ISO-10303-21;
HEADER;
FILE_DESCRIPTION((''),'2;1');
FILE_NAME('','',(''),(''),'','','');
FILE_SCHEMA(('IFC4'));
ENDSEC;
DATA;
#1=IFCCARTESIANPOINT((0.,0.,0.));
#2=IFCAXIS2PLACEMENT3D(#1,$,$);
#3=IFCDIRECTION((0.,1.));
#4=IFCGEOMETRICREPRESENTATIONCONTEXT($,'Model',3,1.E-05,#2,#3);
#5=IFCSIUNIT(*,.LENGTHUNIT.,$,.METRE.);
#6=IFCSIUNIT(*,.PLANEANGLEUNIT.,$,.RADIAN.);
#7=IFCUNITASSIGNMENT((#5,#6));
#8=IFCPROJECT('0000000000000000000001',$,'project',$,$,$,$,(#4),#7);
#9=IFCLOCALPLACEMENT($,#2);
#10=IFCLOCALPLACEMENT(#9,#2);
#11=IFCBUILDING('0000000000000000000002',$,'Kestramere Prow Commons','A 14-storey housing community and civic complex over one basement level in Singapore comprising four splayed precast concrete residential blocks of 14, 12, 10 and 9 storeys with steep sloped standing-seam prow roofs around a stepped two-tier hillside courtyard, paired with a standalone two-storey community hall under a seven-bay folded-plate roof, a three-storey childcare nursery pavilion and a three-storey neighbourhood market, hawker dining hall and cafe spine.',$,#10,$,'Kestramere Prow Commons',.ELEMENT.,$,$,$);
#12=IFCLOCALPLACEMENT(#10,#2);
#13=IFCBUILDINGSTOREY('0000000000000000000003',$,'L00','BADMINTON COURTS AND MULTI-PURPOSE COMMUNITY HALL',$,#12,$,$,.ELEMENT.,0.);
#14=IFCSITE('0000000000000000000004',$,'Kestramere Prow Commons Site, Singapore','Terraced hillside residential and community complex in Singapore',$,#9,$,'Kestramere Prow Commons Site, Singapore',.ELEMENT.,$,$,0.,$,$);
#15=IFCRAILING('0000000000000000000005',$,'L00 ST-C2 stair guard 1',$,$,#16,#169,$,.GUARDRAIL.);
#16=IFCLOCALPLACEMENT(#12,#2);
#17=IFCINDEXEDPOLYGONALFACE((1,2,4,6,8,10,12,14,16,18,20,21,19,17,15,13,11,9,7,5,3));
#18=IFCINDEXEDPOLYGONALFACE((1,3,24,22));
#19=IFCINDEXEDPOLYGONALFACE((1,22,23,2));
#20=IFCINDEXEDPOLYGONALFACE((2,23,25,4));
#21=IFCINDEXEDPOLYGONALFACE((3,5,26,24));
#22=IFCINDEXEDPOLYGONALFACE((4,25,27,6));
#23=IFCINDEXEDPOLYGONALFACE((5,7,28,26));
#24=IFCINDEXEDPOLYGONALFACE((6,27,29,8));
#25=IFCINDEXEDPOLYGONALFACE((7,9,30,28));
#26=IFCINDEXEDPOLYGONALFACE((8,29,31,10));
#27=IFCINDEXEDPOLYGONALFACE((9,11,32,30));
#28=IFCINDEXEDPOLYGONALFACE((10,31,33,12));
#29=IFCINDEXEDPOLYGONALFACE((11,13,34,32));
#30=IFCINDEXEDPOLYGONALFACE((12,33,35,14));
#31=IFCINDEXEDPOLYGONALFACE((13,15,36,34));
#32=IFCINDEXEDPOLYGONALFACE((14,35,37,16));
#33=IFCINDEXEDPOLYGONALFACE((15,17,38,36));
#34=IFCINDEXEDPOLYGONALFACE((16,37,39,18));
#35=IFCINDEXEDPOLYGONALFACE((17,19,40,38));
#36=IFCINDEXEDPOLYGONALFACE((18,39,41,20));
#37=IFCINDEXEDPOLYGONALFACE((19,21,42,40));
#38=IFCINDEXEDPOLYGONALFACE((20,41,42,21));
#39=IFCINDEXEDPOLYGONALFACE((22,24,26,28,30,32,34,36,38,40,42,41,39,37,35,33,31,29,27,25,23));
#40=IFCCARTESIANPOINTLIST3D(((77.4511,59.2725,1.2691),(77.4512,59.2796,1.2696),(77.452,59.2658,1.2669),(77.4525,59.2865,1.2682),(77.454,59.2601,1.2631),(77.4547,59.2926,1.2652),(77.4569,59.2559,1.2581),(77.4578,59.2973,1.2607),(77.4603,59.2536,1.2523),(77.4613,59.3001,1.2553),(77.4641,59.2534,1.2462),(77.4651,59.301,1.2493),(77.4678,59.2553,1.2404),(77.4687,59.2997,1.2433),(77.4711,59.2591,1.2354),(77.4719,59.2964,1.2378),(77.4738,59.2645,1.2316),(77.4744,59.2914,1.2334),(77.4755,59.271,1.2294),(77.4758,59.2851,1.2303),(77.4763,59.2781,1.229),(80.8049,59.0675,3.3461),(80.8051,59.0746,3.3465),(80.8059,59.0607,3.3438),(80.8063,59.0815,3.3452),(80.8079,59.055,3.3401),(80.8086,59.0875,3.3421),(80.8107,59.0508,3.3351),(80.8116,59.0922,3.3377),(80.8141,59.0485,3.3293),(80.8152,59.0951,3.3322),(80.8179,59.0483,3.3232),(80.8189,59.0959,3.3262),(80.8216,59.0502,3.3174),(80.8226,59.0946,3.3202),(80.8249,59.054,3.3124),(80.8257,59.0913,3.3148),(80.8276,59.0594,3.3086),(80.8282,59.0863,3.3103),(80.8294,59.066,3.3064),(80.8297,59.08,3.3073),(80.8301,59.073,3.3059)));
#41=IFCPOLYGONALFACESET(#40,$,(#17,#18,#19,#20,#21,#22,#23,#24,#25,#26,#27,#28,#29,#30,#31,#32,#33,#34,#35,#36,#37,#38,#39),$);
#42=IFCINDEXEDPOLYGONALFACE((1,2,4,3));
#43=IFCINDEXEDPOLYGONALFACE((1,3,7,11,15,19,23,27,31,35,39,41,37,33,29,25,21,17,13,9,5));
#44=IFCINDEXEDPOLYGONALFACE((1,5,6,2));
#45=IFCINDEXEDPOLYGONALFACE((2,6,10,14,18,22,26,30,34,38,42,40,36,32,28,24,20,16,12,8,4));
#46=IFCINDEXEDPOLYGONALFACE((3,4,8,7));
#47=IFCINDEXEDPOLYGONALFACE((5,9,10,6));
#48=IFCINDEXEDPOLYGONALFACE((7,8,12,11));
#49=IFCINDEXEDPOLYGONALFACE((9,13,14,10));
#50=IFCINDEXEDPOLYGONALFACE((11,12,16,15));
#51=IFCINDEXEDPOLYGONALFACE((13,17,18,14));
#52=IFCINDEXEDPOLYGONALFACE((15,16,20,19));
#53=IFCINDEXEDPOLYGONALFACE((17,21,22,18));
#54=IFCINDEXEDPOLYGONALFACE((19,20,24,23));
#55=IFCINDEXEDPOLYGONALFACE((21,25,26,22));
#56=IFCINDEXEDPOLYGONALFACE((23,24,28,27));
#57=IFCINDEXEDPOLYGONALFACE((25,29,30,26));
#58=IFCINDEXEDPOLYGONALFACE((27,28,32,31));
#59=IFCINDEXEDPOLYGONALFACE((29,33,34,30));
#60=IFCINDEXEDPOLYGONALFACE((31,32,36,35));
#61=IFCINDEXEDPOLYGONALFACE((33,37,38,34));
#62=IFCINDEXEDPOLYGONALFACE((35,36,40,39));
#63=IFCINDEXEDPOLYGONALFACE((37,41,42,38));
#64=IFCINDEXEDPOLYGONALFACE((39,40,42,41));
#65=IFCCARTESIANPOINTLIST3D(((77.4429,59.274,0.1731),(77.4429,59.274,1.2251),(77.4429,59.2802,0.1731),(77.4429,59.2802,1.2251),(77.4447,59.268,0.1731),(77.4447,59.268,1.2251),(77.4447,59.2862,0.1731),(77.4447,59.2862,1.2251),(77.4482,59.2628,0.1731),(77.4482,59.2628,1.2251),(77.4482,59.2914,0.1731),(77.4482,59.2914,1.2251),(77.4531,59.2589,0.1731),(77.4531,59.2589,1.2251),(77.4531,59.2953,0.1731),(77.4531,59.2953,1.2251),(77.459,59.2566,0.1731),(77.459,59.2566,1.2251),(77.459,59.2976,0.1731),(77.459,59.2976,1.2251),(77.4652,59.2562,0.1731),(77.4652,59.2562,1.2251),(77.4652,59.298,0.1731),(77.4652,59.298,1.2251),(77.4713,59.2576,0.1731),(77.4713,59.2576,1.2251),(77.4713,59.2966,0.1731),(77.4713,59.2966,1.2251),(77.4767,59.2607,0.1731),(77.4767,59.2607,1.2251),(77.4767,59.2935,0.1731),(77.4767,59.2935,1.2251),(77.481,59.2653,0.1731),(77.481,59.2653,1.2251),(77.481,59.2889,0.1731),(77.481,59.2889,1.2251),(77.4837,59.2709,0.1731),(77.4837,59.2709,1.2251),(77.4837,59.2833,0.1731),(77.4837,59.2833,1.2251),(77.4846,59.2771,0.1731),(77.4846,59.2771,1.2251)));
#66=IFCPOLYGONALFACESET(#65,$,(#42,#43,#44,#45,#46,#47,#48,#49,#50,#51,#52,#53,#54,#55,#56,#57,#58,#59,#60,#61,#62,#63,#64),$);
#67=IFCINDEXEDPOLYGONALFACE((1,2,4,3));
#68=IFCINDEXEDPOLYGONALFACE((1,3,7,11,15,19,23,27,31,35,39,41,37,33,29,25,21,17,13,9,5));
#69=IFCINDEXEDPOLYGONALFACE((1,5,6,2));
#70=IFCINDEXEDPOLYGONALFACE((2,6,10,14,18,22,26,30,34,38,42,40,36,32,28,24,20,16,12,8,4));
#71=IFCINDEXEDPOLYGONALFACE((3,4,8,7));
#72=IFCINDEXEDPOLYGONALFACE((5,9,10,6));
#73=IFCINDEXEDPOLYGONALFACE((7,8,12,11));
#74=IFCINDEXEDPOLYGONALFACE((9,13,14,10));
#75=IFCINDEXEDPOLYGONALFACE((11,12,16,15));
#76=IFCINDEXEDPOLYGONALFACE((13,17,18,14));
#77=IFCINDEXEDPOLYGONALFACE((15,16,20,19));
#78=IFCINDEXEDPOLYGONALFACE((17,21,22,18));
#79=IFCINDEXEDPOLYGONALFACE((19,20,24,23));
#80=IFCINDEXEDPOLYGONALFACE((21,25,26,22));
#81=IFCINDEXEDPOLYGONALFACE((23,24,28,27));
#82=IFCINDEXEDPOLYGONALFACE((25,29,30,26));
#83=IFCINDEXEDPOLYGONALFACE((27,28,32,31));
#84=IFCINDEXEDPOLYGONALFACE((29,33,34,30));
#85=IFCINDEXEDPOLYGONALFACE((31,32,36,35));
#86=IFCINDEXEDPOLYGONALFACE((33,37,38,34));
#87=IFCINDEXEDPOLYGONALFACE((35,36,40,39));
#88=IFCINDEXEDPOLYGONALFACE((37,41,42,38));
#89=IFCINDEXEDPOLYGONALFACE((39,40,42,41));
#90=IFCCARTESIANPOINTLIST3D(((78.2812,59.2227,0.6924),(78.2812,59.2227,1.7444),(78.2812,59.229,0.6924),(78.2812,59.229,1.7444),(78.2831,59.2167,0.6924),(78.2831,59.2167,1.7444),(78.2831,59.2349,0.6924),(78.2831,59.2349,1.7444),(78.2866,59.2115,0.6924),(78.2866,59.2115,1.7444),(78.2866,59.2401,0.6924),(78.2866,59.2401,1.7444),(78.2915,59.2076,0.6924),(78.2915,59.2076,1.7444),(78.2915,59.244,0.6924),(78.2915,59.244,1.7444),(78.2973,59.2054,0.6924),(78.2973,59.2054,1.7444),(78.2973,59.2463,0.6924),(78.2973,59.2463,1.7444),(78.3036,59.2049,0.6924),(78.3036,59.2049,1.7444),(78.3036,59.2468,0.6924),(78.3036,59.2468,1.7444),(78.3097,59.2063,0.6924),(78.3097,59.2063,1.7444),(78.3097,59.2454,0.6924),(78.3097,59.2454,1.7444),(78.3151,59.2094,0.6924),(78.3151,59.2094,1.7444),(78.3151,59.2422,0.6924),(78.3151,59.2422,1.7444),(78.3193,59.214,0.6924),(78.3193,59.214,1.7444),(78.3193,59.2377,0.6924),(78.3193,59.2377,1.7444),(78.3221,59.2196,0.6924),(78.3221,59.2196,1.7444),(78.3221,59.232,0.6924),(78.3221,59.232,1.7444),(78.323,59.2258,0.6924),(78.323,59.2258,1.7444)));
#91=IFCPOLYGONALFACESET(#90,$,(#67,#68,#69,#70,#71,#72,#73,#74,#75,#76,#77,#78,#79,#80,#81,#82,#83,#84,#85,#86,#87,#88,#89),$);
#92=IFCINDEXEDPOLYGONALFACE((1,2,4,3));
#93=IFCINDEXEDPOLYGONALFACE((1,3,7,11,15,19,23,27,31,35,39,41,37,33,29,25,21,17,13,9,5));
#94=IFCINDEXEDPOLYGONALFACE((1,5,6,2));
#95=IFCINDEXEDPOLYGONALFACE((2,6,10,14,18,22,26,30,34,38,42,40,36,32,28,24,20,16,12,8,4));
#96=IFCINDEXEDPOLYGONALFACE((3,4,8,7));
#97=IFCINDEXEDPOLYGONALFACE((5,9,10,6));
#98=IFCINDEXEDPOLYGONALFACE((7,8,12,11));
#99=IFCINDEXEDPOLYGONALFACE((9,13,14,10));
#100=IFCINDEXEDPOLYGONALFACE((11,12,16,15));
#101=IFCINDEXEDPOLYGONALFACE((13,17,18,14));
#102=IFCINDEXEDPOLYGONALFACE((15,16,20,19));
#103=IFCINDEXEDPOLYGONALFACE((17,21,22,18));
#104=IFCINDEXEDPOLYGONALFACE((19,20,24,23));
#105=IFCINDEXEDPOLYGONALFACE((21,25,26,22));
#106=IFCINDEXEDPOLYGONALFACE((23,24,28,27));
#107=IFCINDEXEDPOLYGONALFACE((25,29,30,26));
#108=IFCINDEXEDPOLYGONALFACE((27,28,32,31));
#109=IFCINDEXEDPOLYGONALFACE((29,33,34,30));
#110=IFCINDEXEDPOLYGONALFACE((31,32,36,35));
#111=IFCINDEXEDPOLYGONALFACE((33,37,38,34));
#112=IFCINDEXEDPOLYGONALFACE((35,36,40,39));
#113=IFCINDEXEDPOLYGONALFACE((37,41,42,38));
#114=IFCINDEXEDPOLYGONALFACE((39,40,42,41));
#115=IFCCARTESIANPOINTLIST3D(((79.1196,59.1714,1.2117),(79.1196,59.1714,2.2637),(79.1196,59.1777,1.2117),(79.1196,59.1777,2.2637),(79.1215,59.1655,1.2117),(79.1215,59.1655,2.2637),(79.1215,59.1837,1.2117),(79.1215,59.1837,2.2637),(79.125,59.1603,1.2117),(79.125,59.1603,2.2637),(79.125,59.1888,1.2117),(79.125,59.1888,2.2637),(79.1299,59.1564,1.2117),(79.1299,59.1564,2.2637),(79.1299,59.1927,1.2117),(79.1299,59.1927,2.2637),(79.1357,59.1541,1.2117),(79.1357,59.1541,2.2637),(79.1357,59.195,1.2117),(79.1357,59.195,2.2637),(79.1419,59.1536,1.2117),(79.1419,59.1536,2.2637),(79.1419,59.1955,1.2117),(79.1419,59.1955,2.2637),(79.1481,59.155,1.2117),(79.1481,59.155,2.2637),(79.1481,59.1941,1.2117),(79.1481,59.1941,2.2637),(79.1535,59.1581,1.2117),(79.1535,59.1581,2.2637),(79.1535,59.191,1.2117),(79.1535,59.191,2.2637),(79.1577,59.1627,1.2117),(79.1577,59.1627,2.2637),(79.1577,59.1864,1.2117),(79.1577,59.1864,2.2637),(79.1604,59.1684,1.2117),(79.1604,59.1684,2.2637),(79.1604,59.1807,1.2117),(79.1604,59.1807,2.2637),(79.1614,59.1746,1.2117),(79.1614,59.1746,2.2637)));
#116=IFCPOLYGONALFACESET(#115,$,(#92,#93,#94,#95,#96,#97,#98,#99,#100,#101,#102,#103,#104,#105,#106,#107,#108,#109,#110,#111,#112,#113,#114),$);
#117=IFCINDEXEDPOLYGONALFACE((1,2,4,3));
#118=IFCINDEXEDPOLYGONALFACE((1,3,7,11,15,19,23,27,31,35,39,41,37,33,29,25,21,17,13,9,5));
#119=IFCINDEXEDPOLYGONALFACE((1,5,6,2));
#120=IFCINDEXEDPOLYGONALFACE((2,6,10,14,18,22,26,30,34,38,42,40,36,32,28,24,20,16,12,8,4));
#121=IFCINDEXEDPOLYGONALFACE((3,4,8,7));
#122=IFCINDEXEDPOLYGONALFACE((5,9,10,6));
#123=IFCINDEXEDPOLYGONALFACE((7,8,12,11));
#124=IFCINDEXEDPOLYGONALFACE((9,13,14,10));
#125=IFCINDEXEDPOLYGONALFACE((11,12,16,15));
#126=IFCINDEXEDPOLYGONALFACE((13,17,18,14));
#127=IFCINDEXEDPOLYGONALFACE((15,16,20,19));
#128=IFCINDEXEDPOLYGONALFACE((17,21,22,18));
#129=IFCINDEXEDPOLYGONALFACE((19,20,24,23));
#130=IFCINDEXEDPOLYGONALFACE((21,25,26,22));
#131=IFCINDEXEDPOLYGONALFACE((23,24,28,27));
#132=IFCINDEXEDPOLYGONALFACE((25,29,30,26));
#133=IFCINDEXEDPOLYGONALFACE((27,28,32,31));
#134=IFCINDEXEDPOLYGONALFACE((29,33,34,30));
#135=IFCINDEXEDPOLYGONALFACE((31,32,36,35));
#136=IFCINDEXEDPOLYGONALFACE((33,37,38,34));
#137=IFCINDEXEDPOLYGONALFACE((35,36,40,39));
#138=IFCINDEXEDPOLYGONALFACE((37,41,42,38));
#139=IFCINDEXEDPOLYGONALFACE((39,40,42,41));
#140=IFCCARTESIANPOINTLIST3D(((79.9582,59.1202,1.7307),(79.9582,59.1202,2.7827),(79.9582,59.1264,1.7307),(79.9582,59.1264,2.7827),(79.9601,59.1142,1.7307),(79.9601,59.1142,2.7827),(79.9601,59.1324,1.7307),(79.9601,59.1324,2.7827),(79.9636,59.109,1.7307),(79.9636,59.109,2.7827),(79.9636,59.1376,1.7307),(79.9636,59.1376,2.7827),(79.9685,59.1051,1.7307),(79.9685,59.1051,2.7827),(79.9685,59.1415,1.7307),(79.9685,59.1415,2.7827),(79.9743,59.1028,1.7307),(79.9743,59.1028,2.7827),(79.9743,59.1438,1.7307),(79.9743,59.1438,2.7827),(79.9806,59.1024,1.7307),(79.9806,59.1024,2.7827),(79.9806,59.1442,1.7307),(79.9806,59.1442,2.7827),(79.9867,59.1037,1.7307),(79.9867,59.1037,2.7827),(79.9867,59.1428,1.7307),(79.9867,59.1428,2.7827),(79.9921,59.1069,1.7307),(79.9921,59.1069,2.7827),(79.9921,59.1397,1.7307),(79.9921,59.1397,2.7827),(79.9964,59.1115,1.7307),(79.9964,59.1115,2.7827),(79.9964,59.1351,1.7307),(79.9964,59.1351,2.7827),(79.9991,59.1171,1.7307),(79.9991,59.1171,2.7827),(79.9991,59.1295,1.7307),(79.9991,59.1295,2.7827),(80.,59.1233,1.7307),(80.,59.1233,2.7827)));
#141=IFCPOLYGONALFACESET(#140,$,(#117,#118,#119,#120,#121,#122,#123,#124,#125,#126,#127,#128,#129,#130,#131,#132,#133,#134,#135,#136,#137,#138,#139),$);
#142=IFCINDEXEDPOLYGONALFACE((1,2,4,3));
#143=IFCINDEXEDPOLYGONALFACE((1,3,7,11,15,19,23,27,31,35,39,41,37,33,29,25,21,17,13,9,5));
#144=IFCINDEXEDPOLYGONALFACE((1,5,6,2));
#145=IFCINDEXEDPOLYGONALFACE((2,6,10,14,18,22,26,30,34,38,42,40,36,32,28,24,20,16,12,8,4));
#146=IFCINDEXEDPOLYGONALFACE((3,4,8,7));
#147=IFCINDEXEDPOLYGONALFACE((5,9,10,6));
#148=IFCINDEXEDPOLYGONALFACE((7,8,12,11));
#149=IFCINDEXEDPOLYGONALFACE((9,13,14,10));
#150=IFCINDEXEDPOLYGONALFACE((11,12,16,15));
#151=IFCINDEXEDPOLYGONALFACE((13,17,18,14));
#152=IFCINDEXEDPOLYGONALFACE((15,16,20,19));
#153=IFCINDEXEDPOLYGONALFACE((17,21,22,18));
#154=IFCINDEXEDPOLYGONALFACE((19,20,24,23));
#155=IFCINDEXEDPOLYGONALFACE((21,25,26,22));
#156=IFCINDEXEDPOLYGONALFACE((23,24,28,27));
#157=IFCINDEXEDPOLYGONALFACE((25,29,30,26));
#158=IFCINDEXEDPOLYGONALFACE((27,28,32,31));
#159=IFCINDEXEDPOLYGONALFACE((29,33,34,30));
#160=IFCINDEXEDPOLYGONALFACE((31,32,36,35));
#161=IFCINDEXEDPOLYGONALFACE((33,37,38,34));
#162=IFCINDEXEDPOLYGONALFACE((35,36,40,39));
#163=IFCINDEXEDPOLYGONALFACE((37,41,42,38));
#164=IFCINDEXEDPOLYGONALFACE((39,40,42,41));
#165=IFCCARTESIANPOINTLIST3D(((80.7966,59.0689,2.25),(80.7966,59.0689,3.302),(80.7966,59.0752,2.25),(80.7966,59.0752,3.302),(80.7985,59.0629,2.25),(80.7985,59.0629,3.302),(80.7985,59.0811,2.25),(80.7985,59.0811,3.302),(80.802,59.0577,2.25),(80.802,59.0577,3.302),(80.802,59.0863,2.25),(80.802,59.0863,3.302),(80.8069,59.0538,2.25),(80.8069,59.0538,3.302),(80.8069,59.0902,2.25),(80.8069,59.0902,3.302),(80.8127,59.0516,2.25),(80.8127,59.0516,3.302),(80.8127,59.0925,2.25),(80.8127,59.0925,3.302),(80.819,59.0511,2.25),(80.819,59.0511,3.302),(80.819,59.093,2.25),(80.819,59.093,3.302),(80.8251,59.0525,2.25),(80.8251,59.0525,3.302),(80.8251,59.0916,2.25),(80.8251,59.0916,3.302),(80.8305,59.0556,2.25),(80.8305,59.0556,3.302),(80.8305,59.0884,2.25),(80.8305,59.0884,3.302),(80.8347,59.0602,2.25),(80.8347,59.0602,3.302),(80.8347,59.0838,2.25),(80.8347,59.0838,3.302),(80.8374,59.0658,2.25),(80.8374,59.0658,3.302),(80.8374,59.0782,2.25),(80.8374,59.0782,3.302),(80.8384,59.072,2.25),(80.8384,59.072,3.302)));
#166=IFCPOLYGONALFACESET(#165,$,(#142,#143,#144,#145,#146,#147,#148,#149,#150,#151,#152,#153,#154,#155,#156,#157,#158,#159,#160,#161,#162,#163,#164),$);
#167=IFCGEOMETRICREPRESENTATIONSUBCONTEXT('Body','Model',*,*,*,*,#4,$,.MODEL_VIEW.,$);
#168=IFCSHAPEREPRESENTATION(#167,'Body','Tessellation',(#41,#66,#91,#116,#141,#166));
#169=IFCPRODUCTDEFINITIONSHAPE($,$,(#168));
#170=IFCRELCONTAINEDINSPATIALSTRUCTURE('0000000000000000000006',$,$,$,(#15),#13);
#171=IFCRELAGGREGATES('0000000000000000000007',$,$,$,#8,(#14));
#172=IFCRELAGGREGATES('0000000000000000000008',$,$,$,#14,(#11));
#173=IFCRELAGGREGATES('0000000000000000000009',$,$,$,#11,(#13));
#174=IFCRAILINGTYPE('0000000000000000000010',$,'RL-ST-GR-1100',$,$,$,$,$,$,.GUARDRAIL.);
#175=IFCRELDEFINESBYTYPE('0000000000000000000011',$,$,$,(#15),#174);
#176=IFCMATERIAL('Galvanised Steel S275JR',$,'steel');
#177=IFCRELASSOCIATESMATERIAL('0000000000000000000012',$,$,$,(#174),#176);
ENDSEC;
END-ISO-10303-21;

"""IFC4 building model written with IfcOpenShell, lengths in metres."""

from ifc_helpers import new_model, si_unit, direction, frame, origin, origin_2d, place, context, subcontext, project, spatial, circle, extrude, material, type_object, element, save


model = new_model("IFC4")

# Units and contexts
model_context = context("Model", 3, precision=1e-05, world=origin(), true_north=direction((0.0, 1.0)))
body_context = subcontext(model_context, "Body", "Model", "MODEL_VIEW")
ifc_project = project(units=[si_unit("LENGTHUNIT", "METRE"), si_unit("PLANEANGLEUNIT", "RADIAN")], contexts=[model_context])

# Site, building, storey
site_placement = place(None, origin())
site = spatial("IfcSite", under=ifc_project, at=site_placement, Name="Kestramere Prow Commons Site, Singapore", Description="Terraced hillside residential and community complex in Singapore", LongName="Kestramere Prow Commons Site, Singapore", CompositionType="ELEMENT", RefElevation=0.0)
building_placement = place(site_placement, origin())
building = spatial("IfcBuilding", under=site, at=building_placement, Name="Kestramere Prow Commons", Description="A 14-storey housing community and civic complex over one basement level in Singapore comprising four splayed precast concrete residential blocks of 14, 12, 10 and 9 storeys with steep sloped standing-seam prow roofs around a stepped two-tier hillside courtyard, paired with a standalone two-storey community hall under a seven-bay folded-plate roof, a three-storey childcare nursery pavilion and a three-storey neighbourhood market, hawker dining hall and cafe spine.", LongName="Kestramere Prow Commons", CompositionType="ELEMENT")
storey_placement = place(building_placement, origin())
storey = spatial("IfcBuildingStorey", under=building, at=storey_placement, Name="L00", Description="BADMINTON COURTS AND MULTI-PURPOSE COMMUNITY HALL", CompositionType="ELEMENT", Elevation=0.0)

# Railing
ifc_material_1 = material(Name="Galvanised Steel S275JR", Category="steel")
railing_type_1 = type_object("IfcRailingType", Name="RL-ST-GR-1100", PredefinedType="GUARDRAIL", material=ifc_material_1)
railing_1_placement = place(storey_placement, frame((77.4636, 59.2771, 0.1731)))
element("IfcRailing", 1, at=railing_1_placement, inside=storey, type_object=railing_type_1, Name="L00 ST-C2 stair guard 1", PredefinedType="GUARDRAIL", context=body_context, shape_type="SweptSolid", body=[
    extrude(circle(Radius=0.0239, at=origin_2d()), frame((0.0, 0.0, 1.0762), z_axis=(0.849032, -0.051917, 0.525785), x_axis=(0.061035, 0.998136, 0.0)), (0.0, 0.0, 1.0), 3.9502),
    extrude(circle(Radius=0.021, at=origin_2d()), origin(), (0.0, 0.0, 1.0), 1.052),
    extrude(circle(Radius=0.021, at=origin_2d()), frame((0.8384, -0.0513, 0.5193)), (0.0, 0.0, 1.0), 1.052),
    extrude(circle(Radius=0.021, at=origin_2d()), frame((1.6768, -0.1025, 1.0386)), (0.0, 0.0, 1.0), 1.052),
    extrude(circle(Radius=0.021, at=origin_2d()), frame((2.5154, -0.1538, 1.5576)), (0.0, 0.0, 1.0), 1.052),
    extrude(circle(Radius=0.021, at=origin_2d()), frame((3.3538, -0.2051, 2.0769)), (0.0, 0.0, 1.0), 1.052),
])

save(model, "model.ifc")
